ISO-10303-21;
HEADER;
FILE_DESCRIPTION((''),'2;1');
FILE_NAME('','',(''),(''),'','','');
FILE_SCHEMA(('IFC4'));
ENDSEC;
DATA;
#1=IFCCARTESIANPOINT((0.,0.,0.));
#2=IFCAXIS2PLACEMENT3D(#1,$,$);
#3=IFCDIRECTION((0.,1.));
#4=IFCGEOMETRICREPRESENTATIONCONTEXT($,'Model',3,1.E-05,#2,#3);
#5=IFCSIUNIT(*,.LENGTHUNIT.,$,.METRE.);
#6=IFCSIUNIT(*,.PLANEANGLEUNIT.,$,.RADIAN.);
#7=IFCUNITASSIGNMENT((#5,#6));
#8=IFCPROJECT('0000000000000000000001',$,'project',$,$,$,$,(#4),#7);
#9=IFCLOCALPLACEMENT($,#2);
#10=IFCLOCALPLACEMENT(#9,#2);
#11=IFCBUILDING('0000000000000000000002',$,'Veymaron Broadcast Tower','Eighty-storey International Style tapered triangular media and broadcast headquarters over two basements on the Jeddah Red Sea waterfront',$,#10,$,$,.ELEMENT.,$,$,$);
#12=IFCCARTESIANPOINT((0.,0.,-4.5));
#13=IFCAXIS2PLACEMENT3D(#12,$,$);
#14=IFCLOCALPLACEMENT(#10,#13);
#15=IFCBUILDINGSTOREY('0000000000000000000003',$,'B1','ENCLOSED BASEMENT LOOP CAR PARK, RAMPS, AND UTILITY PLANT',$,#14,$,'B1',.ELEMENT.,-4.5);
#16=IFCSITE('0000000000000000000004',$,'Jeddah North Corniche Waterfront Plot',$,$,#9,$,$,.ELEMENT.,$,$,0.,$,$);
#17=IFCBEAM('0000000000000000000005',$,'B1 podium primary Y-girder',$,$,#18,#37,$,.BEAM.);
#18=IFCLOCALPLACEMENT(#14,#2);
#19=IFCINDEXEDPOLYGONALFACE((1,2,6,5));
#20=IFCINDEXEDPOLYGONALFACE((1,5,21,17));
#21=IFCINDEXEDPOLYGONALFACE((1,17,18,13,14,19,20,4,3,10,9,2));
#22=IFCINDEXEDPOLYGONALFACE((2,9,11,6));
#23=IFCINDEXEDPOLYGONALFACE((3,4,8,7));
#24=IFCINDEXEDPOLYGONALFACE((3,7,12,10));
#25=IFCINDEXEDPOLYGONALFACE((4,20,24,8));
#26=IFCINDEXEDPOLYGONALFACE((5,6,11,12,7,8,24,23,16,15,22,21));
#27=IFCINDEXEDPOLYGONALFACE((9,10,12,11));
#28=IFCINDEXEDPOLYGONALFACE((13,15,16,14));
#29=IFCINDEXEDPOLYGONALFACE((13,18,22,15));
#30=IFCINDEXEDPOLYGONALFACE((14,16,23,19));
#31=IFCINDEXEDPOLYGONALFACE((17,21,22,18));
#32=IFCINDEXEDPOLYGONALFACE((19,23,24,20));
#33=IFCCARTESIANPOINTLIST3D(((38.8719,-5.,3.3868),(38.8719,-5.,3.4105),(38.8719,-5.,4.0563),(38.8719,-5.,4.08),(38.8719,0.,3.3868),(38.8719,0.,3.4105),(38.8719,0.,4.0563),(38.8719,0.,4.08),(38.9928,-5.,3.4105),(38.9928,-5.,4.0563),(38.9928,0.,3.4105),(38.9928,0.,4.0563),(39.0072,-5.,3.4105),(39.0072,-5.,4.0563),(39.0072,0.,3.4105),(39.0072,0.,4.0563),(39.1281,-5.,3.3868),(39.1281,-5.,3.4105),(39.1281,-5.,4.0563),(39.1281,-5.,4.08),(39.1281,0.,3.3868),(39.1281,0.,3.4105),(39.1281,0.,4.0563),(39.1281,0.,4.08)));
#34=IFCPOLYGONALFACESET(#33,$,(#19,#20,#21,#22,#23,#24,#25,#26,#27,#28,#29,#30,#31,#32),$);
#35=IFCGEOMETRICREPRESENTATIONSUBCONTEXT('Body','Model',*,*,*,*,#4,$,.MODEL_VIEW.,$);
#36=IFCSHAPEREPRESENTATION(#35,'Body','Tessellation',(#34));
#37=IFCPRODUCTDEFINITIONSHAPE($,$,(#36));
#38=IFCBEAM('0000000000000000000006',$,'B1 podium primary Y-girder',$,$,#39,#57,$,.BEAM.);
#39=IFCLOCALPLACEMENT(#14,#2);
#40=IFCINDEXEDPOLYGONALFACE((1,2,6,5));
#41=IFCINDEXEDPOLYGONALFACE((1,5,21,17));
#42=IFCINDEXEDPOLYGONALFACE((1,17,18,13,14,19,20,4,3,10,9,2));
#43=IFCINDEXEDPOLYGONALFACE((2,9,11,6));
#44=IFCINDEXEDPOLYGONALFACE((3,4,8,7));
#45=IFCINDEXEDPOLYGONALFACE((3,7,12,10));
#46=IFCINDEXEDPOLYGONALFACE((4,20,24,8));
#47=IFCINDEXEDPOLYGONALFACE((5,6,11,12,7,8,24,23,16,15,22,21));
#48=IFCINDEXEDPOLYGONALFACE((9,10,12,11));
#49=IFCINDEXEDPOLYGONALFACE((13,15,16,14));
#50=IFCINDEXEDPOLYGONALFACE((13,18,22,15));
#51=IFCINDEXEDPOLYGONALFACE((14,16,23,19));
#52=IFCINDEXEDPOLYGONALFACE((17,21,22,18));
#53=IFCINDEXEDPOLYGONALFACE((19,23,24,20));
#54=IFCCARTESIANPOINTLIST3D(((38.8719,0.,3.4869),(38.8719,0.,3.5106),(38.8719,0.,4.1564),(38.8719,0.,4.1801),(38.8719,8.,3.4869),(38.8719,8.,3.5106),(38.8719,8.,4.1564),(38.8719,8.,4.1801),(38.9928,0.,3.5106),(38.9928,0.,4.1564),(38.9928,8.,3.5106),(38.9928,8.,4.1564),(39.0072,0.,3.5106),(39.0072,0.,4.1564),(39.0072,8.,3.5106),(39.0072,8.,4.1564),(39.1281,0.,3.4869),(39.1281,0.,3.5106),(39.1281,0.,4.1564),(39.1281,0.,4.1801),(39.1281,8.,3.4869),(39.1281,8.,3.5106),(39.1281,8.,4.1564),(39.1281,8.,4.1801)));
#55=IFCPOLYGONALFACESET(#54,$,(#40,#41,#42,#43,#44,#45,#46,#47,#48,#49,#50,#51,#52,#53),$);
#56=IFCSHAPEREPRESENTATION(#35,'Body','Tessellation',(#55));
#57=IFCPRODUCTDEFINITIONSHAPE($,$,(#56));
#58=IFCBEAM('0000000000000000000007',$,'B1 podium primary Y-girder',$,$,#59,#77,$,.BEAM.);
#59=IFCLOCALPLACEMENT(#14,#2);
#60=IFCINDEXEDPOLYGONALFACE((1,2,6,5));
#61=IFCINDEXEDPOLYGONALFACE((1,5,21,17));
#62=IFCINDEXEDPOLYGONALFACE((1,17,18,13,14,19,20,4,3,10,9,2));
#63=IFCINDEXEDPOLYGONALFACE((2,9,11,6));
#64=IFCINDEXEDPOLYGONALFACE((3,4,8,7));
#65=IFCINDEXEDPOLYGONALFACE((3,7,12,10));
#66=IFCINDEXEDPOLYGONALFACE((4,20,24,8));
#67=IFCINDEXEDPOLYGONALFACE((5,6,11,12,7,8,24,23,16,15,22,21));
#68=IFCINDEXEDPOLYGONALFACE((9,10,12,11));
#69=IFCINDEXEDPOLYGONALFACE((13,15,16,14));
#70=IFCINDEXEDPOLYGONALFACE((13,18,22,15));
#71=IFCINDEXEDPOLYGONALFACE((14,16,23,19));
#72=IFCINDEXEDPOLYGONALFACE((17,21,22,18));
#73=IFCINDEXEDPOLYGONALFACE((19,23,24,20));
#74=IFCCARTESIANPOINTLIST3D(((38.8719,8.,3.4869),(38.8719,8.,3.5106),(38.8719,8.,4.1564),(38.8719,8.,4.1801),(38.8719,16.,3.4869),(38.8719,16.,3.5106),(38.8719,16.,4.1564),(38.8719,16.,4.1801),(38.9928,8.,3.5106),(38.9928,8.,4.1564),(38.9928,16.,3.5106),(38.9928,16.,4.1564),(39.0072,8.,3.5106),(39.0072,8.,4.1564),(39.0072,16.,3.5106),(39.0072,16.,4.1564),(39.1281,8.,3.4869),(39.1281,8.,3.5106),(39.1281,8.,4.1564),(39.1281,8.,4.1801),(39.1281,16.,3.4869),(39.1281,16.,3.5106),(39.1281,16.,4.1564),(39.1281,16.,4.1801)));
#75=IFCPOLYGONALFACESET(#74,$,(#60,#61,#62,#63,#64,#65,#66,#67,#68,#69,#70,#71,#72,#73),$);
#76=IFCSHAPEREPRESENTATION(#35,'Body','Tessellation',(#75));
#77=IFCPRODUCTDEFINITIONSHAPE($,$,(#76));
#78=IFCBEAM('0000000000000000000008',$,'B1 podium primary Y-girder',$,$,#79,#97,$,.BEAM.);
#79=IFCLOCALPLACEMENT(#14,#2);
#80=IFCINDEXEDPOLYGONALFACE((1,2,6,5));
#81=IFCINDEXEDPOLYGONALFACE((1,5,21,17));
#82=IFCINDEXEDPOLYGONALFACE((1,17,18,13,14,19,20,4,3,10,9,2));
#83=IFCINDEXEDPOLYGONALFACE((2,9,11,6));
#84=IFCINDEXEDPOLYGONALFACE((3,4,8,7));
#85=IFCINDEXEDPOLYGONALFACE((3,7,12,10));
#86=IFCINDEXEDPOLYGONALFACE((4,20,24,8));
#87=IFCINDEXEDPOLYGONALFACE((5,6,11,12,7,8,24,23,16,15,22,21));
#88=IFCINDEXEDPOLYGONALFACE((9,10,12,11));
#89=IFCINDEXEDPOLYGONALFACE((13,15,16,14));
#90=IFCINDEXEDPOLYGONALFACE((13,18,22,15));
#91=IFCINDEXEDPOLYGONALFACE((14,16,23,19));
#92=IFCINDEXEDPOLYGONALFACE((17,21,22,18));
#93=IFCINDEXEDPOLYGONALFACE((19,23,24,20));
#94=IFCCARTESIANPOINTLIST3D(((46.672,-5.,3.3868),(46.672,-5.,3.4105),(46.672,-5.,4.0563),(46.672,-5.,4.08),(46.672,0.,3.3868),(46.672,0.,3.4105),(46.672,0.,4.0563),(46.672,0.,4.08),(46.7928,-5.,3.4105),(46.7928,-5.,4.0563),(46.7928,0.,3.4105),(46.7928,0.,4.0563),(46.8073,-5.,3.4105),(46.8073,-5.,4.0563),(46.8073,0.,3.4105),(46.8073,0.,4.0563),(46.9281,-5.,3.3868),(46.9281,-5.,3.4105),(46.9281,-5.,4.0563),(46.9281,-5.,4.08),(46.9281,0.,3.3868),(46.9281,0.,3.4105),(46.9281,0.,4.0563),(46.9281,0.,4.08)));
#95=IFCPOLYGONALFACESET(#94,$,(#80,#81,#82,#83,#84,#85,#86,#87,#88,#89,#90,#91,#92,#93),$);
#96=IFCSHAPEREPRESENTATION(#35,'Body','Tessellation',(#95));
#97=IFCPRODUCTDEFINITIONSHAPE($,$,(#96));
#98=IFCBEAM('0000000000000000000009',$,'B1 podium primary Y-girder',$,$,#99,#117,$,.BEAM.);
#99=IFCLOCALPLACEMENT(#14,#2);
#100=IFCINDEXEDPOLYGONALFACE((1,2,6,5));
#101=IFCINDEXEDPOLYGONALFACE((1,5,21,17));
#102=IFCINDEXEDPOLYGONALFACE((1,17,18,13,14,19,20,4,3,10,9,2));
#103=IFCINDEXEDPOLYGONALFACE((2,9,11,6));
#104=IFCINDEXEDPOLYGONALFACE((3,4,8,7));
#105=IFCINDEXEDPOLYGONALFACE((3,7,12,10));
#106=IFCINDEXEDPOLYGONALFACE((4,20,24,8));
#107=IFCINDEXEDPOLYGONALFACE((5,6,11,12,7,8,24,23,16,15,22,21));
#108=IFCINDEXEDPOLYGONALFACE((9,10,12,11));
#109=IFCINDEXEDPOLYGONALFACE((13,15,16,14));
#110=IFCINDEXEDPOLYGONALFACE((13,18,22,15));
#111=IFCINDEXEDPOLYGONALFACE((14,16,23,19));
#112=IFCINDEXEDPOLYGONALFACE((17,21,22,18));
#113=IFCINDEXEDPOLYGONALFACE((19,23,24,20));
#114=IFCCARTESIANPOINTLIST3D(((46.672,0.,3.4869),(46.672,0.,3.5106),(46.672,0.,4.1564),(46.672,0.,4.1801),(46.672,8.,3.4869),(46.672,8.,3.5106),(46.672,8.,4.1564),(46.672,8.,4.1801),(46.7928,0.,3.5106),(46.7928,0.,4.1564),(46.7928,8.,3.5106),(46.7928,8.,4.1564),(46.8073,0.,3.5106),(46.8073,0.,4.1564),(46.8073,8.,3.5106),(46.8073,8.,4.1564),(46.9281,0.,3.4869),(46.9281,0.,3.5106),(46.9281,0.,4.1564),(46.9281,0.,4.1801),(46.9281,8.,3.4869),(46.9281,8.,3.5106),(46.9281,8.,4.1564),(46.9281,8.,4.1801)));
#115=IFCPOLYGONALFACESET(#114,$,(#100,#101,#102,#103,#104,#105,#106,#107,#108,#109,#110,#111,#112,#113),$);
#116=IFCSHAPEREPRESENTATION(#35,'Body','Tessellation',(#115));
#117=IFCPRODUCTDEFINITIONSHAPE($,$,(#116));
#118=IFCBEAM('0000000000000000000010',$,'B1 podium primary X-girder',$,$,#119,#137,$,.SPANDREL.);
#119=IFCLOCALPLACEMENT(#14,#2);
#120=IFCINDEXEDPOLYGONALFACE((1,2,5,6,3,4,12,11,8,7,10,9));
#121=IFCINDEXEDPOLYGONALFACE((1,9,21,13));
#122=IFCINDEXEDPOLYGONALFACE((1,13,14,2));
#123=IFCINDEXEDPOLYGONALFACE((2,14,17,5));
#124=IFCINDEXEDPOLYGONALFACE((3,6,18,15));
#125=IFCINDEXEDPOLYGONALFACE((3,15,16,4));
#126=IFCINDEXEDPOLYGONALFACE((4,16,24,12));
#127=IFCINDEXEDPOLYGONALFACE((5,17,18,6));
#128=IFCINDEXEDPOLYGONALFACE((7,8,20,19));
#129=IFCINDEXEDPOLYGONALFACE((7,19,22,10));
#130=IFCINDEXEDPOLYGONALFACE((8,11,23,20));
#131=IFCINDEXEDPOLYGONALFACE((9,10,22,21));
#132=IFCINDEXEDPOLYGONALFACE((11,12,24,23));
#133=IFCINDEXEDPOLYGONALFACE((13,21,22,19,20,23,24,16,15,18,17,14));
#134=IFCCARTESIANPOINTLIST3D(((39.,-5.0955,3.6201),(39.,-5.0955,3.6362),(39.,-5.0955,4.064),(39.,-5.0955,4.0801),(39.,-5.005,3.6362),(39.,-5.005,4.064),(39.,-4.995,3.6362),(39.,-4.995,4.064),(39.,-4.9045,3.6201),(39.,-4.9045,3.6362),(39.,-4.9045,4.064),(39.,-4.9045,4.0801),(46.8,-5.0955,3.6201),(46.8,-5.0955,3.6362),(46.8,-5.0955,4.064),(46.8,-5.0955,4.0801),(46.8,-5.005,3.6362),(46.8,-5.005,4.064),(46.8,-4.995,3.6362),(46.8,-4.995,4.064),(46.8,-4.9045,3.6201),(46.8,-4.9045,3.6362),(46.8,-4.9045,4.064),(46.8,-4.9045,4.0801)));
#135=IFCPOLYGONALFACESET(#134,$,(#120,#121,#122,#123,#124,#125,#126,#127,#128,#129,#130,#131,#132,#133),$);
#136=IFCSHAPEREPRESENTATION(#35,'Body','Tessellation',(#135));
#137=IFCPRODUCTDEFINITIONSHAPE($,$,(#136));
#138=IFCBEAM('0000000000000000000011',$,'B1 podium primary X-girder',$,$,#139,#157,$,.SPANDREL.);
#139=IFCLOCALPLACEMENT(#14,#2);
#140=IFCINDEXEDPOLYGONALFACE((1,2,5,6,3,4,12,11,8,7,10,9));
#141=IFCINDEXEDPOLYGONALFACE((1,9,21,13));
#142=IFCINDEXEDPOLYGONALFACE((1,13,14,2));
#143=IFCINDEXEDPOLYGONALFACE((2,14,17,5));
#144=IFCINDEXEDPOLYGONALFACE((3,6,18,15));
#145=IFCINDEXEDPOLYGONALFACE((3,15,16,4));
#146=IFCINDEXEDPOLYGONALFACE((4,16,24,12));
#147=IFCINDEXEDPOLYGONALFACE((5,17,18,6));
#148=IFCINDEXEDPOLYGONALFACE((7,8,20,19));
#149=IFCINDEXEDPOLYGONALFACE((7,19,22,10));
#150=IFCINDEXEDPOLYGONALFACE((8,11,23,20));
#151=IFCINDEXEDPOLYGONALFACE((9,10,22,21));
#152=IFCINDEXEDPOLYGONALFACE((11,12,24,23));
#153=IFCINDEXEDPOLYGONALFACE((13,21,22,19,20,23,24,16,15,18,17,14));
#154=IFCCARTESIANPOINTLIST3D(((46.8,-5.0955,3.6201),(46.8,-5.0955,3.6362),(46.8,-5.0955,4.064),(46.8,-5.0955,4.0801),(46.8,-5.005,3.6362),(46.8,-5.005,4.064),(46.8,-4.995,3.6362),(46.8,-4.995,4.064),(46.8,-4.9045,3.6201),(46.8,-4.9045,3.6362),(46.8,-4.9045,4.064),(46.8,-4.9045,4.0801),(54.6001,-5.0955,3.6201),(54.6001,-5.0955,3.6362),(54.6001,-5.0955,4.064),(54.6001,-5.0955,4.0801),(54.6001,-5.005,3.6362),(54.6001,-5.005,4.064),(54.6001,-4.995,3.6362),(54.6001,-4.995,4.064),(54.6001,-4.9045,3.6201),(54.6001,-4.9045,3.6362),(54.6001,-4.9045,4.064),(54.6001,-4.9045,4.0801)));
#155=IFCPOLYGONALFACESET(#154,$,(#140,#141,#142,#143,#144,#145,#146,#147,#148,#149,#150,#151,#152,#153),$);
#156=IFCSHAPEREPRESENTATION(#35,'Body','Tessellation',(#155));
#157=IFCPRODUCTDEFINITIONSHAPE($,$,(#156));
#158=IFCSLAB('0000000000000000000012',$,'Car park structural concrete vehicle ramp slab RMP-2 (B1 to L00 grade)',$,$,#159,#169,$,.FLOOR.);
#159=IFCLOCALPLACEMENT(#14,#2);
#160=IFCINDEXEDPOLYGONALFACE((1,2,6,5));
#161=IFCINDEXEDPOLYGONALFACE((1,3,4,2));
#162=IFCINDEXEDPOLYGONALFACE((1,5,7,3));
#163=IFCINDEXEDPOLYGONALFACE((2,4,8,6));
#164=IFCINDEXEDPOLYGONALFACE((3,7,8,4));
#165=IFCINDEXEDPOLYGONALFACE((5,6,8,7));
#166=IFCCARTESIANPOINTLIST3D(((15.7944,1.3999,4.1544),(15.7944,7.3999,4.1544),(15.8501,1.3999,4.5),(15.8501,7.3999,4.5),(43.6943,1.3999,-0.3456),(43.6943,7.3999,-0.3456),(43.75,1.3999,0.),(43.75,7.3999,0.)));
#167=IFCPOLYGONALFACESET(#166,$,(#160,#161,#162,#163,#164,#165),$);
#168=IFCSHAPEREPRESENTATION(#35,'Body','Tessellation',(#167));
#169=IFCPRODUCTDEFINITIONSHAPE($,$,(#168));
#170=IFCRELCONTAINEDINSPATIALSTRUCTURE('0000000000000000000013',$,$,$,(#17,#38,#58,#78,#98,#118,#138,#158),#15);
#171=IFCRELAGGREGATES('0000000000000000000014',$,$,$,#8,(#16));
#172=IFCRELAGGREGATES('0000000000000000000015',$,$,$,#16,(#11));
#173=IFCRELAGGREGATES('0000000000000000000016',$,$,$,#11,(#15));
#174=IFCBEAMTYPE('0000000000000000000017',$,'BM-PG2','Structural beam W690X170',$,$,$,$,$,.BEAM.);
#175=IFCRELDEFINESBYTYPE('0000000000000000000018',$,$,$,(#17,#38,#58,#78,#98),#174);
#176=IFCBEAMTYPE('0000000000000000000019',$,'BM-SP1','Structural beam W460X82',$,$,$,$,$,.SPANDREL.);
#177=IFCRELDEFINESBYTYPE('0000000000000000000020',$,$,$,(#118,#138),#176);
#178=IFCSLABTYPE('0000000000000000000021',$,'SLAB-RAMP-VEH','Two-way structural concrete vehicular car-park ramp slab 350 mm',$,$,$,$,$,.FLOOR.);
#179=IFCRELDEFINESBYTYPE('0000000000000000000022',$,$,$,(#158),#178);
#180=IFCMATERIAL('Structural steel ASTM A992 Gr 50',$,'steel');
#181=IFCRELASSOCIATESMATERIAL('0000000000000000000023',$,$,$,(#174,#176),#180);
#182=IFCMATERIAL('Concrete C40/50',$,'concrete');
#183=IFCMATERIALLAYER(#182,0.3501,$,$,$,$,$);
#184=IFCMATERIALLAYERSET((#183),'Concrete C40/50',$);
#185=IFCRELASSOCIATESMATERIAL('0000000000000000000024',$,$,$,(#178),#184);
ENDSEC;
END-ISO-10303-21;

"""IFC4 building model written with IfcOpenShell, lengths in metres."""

from ifc_helpers import new_model, si_unit, direction, frame, origin, origin_2d, place, context, subcontext, project, spatial, polyline, i_section, outline, extrude, material, layer, layer_set, material_profile, profile_set, type_object, element, save


model = new_model("IFC4")

# Units and contexts
model_context = context("Model", 3, precision=1e-05, world=origin(), true_north=direction((0.0, 1.0)))
body_context = subcontext(model_context, "Body", "Model", "MODEL_VIEW")
ifc_project = project(units=[si_unit("LENGTHUNIT", "METRE"), si_unit("PLANEANGLEUNIT", "RADIAN")], contexts=[model_context])

# Site, building, storey
site_placement = place(None, origin())
site = spatial("IfcSite", under=ifc_project, at=site_placement, Name="Jeddah North Corniche Waterfront Plot", CompositionType="ELEMENT", RefElevation=0.0)
building_placement = place(site_placement, origin())
building = spatial("IfcBuilding", under=site, at=building_placement, Name="Veymaron Broadcast Tower", Description="Eighty-storey International Style tapered triangular media and broadcast headquarters over two basements on the Jeddah Red Sea waterfront", CompositionType="ELEMENT")
storey_placement = place(building_placement, frame((0.0, 0.0, -4.5)))
storey = spatial("IfcBuildingStorey", under=building, at=storey_placement, Name="B1", Description="ENCLOSED BASEMENT LOOP CAR PARK, RAMPS, AND UTILITY PLANT", LongName="B1", CompositionType="ELEMENT", Elevation=-4.5)

# Beams
ifc_material_1 = material(Name="Structural steel ASTM A992 Gr 50", Category="steel")
ifc_material_profile_1 = material_profile(ifc_material_1, i_section(OverallWidth=0.2561, OverallDepth=0.6931, WebThickness=0.0144, FlangeThickness=0.0237, at=origin_2d()), Name="W690X170")
ifc_profile_set_1 = profile_set([ifc_material_profile_1], Name="Structural steel ASTM A992 Gr 50")
beam_type_1 = type_object("IfcBeamType", Name="BM-PG2", Description="Structural beam W690X170", PredefinedType="BEAM", material=ifc_profile_set_1)
beam_1_placement = place(storey_placement, frame((39.0, -5.0, 3.7334), z_axis=(0.0, 1.0, 0.0), x_axis=(-1.0, 0.0, 0.0)))
element("IfcBeam", 1, at=beam_1_placement, inside=storey, type_object=beam_type_1, Name="B1 podium primary Y-girder", PredefinedType="BEAM", context=body_context, shape_type="SweptSolid", body=[
    extrude(i_section(OverallWidth=0.2561, OverallDepth=0.6931, WebThickness=0.0144, FlangeThickness=0.0237, at=origin_2d()), origin(), (0.0, 0.0, 1.0), 5.0),
])
for number, where, z_axis, x_axis, name in (
    (2, (39.0, 0.0, 3.8335), (0.0, 1.0, 0.0), (-1.0, 0.0, 0.0), "B1 podium primary Y-girder"),
    (3, (39.0, 8.0, 3.8335), (0.0, 1.0, 0.0), (-1.0, 0.0, 0.0), "B1 podium primary Y-girder"),
):
    element("IfcBeam", number, at=place(storey_placement, frame(where, z_axis=z_axis, x_axis=x_axis)), inside=storey, type_object=beam_type_1, Name=name, PredefinedType="BEAM", context=body_context, shape_type="SweptSolid", body=[
        extrude(i_section(OverallWidth=0.2561, OverallDepth=0.6931, WebThickness=0.0144, FlangeThickness=0.0237, at=origin_2d()), origin(), (0.0, 0.0, 1.0), 8.0),
    ])
beam_2_placement = place(storey_placement, frame((46.8, -5.0, 3.7334), z_axis=(0.0, 1.0, 0.0), x_axis=(-1.0, 0.0, 0.0)))
element("IfcBeam", 4, at=beam_2_placement, inside=storey, type_object=beam_type_1, Name="B1 podium primary Y-girder", PredefinedType="BEAM", context=body_context, shape_type="SweptSolid", body=[
    extrude(i_section(OverallWidth=0.2561, OverallDepth=0.6931, WebThickness=0.0144, FlangeThickness=0.0237, at=origin_2d()), origin(), (0.0, 0.0, 1.0), 5.0),
])
beam_3_placement = place(storey_placement, frame((46.8, 0.0, 3.8335), z_axis=(0.0, 1.0, 0.0), x_axis=(-1.0, 0.0, 0.0)))
element("IfcBeam", 5, at=beam_3_placement, inside=storey, type_object=beam_type_1, Name="B1 podium primary Y-girder", PredefinedType="BEAM", context=body_context, shape_type="SweptSolid", body=[
    extrude(i_section(OverallWidth=0.2561, OverallDepth=0.6931, WebThickness=0.0144, FlangeThickness=0.0237, at=origin_2d()), origin(), (0.0, 0.0, 1.0), 8.0),
])
ifc_material_profile_2 = material_profile(ifc_material_1, i_section(OverallWidth=0.1909, OverallDepth=0.46, WebThickness=0.01, FlangeThickness=0.0161, at=origin_2d()), Name="W460X82")
ifc_profile_set_2 = profile_set([ifc_material_profile_2], Name="Structural steel ASTM A992 Gr 50")
beam_type_2 = type_object("IfcBeamType", Name="BM-SP1", Description="Structural beam W460X82", PredefinedType="SPANDREL", material=ifc_profile_set_2)
for number, where, z_axis, x_axis, name in (
    (6, (39.0, -5.0, 3.8501), (1.0, 0.0, 0.0), (0.0, 1.0, 0.0), "B1 podium primary X-girder"),
    (7, (46.8, -5.0, 3.8501), (1.0, 0.0, 0.0), (0.0, 1.0, 0.0), "B1 podium primary X-girder"),
):
    element("IfcBeam", number, at=place(storey_placement, frame(where, z_axis=z_axis, x_axis=x_axis)), inside=storey, type_object=beam_type_2, Name=name, PredefinedType="SPANDREL", context=body_context, shape_type="SweptSolid", body=[
        extrude(i_section(OverallWidth=0.1909, OverallDepth=0.46, WebThickness=0.01, FlangeThickness=0.0161, at=origin_2d()), origin(), (0.0, 0.0, 1.0), 7.8),
    ])

# Slab
ifc_material_2 = material(Name="Concrete C40/50", Category="concrete")
ifc_layer_1 = layer(ifc_material_2, 0.3501)
ifc_layer_set_1 = layer_set([ifc_layer_1], Name="Concrete C40/50")
slab_type = type_object("IfcSlabType", Name="SLAB-RAMP-VEH", Description="Two-way structural concrete vehicular car-park ramp slab 350 mm", PredefinedType="FLOOR", material=ifc_layer_set_1)
slab_placement = place(storey_placement, frame((43.75, 1.3999, 0.0), z_axis=(0.159233, 0.0, 0.987241), x_axis=(-0.987241, 0.0, 0.159233)))
element("IfcSlab", 8, at=slab_placement, inside=storey, type_object=slab_type, Name="Car park structural concrete vehicle ramp slab RMP-2 (B1 to L00 grade)", PredefinedType="FLOOR", context=body_context, shape_type="SweptSolid", body=[
    extrude(outline(polyline([(0.0, 0.0), (28.2605, 0.0), (28.2605, -6.0), (0.0, -6.0), (0.0, 0.0)])), origin(), (0.0, 0.0, -1.0), 0.3501),
])

save(model, "model.ifc")
